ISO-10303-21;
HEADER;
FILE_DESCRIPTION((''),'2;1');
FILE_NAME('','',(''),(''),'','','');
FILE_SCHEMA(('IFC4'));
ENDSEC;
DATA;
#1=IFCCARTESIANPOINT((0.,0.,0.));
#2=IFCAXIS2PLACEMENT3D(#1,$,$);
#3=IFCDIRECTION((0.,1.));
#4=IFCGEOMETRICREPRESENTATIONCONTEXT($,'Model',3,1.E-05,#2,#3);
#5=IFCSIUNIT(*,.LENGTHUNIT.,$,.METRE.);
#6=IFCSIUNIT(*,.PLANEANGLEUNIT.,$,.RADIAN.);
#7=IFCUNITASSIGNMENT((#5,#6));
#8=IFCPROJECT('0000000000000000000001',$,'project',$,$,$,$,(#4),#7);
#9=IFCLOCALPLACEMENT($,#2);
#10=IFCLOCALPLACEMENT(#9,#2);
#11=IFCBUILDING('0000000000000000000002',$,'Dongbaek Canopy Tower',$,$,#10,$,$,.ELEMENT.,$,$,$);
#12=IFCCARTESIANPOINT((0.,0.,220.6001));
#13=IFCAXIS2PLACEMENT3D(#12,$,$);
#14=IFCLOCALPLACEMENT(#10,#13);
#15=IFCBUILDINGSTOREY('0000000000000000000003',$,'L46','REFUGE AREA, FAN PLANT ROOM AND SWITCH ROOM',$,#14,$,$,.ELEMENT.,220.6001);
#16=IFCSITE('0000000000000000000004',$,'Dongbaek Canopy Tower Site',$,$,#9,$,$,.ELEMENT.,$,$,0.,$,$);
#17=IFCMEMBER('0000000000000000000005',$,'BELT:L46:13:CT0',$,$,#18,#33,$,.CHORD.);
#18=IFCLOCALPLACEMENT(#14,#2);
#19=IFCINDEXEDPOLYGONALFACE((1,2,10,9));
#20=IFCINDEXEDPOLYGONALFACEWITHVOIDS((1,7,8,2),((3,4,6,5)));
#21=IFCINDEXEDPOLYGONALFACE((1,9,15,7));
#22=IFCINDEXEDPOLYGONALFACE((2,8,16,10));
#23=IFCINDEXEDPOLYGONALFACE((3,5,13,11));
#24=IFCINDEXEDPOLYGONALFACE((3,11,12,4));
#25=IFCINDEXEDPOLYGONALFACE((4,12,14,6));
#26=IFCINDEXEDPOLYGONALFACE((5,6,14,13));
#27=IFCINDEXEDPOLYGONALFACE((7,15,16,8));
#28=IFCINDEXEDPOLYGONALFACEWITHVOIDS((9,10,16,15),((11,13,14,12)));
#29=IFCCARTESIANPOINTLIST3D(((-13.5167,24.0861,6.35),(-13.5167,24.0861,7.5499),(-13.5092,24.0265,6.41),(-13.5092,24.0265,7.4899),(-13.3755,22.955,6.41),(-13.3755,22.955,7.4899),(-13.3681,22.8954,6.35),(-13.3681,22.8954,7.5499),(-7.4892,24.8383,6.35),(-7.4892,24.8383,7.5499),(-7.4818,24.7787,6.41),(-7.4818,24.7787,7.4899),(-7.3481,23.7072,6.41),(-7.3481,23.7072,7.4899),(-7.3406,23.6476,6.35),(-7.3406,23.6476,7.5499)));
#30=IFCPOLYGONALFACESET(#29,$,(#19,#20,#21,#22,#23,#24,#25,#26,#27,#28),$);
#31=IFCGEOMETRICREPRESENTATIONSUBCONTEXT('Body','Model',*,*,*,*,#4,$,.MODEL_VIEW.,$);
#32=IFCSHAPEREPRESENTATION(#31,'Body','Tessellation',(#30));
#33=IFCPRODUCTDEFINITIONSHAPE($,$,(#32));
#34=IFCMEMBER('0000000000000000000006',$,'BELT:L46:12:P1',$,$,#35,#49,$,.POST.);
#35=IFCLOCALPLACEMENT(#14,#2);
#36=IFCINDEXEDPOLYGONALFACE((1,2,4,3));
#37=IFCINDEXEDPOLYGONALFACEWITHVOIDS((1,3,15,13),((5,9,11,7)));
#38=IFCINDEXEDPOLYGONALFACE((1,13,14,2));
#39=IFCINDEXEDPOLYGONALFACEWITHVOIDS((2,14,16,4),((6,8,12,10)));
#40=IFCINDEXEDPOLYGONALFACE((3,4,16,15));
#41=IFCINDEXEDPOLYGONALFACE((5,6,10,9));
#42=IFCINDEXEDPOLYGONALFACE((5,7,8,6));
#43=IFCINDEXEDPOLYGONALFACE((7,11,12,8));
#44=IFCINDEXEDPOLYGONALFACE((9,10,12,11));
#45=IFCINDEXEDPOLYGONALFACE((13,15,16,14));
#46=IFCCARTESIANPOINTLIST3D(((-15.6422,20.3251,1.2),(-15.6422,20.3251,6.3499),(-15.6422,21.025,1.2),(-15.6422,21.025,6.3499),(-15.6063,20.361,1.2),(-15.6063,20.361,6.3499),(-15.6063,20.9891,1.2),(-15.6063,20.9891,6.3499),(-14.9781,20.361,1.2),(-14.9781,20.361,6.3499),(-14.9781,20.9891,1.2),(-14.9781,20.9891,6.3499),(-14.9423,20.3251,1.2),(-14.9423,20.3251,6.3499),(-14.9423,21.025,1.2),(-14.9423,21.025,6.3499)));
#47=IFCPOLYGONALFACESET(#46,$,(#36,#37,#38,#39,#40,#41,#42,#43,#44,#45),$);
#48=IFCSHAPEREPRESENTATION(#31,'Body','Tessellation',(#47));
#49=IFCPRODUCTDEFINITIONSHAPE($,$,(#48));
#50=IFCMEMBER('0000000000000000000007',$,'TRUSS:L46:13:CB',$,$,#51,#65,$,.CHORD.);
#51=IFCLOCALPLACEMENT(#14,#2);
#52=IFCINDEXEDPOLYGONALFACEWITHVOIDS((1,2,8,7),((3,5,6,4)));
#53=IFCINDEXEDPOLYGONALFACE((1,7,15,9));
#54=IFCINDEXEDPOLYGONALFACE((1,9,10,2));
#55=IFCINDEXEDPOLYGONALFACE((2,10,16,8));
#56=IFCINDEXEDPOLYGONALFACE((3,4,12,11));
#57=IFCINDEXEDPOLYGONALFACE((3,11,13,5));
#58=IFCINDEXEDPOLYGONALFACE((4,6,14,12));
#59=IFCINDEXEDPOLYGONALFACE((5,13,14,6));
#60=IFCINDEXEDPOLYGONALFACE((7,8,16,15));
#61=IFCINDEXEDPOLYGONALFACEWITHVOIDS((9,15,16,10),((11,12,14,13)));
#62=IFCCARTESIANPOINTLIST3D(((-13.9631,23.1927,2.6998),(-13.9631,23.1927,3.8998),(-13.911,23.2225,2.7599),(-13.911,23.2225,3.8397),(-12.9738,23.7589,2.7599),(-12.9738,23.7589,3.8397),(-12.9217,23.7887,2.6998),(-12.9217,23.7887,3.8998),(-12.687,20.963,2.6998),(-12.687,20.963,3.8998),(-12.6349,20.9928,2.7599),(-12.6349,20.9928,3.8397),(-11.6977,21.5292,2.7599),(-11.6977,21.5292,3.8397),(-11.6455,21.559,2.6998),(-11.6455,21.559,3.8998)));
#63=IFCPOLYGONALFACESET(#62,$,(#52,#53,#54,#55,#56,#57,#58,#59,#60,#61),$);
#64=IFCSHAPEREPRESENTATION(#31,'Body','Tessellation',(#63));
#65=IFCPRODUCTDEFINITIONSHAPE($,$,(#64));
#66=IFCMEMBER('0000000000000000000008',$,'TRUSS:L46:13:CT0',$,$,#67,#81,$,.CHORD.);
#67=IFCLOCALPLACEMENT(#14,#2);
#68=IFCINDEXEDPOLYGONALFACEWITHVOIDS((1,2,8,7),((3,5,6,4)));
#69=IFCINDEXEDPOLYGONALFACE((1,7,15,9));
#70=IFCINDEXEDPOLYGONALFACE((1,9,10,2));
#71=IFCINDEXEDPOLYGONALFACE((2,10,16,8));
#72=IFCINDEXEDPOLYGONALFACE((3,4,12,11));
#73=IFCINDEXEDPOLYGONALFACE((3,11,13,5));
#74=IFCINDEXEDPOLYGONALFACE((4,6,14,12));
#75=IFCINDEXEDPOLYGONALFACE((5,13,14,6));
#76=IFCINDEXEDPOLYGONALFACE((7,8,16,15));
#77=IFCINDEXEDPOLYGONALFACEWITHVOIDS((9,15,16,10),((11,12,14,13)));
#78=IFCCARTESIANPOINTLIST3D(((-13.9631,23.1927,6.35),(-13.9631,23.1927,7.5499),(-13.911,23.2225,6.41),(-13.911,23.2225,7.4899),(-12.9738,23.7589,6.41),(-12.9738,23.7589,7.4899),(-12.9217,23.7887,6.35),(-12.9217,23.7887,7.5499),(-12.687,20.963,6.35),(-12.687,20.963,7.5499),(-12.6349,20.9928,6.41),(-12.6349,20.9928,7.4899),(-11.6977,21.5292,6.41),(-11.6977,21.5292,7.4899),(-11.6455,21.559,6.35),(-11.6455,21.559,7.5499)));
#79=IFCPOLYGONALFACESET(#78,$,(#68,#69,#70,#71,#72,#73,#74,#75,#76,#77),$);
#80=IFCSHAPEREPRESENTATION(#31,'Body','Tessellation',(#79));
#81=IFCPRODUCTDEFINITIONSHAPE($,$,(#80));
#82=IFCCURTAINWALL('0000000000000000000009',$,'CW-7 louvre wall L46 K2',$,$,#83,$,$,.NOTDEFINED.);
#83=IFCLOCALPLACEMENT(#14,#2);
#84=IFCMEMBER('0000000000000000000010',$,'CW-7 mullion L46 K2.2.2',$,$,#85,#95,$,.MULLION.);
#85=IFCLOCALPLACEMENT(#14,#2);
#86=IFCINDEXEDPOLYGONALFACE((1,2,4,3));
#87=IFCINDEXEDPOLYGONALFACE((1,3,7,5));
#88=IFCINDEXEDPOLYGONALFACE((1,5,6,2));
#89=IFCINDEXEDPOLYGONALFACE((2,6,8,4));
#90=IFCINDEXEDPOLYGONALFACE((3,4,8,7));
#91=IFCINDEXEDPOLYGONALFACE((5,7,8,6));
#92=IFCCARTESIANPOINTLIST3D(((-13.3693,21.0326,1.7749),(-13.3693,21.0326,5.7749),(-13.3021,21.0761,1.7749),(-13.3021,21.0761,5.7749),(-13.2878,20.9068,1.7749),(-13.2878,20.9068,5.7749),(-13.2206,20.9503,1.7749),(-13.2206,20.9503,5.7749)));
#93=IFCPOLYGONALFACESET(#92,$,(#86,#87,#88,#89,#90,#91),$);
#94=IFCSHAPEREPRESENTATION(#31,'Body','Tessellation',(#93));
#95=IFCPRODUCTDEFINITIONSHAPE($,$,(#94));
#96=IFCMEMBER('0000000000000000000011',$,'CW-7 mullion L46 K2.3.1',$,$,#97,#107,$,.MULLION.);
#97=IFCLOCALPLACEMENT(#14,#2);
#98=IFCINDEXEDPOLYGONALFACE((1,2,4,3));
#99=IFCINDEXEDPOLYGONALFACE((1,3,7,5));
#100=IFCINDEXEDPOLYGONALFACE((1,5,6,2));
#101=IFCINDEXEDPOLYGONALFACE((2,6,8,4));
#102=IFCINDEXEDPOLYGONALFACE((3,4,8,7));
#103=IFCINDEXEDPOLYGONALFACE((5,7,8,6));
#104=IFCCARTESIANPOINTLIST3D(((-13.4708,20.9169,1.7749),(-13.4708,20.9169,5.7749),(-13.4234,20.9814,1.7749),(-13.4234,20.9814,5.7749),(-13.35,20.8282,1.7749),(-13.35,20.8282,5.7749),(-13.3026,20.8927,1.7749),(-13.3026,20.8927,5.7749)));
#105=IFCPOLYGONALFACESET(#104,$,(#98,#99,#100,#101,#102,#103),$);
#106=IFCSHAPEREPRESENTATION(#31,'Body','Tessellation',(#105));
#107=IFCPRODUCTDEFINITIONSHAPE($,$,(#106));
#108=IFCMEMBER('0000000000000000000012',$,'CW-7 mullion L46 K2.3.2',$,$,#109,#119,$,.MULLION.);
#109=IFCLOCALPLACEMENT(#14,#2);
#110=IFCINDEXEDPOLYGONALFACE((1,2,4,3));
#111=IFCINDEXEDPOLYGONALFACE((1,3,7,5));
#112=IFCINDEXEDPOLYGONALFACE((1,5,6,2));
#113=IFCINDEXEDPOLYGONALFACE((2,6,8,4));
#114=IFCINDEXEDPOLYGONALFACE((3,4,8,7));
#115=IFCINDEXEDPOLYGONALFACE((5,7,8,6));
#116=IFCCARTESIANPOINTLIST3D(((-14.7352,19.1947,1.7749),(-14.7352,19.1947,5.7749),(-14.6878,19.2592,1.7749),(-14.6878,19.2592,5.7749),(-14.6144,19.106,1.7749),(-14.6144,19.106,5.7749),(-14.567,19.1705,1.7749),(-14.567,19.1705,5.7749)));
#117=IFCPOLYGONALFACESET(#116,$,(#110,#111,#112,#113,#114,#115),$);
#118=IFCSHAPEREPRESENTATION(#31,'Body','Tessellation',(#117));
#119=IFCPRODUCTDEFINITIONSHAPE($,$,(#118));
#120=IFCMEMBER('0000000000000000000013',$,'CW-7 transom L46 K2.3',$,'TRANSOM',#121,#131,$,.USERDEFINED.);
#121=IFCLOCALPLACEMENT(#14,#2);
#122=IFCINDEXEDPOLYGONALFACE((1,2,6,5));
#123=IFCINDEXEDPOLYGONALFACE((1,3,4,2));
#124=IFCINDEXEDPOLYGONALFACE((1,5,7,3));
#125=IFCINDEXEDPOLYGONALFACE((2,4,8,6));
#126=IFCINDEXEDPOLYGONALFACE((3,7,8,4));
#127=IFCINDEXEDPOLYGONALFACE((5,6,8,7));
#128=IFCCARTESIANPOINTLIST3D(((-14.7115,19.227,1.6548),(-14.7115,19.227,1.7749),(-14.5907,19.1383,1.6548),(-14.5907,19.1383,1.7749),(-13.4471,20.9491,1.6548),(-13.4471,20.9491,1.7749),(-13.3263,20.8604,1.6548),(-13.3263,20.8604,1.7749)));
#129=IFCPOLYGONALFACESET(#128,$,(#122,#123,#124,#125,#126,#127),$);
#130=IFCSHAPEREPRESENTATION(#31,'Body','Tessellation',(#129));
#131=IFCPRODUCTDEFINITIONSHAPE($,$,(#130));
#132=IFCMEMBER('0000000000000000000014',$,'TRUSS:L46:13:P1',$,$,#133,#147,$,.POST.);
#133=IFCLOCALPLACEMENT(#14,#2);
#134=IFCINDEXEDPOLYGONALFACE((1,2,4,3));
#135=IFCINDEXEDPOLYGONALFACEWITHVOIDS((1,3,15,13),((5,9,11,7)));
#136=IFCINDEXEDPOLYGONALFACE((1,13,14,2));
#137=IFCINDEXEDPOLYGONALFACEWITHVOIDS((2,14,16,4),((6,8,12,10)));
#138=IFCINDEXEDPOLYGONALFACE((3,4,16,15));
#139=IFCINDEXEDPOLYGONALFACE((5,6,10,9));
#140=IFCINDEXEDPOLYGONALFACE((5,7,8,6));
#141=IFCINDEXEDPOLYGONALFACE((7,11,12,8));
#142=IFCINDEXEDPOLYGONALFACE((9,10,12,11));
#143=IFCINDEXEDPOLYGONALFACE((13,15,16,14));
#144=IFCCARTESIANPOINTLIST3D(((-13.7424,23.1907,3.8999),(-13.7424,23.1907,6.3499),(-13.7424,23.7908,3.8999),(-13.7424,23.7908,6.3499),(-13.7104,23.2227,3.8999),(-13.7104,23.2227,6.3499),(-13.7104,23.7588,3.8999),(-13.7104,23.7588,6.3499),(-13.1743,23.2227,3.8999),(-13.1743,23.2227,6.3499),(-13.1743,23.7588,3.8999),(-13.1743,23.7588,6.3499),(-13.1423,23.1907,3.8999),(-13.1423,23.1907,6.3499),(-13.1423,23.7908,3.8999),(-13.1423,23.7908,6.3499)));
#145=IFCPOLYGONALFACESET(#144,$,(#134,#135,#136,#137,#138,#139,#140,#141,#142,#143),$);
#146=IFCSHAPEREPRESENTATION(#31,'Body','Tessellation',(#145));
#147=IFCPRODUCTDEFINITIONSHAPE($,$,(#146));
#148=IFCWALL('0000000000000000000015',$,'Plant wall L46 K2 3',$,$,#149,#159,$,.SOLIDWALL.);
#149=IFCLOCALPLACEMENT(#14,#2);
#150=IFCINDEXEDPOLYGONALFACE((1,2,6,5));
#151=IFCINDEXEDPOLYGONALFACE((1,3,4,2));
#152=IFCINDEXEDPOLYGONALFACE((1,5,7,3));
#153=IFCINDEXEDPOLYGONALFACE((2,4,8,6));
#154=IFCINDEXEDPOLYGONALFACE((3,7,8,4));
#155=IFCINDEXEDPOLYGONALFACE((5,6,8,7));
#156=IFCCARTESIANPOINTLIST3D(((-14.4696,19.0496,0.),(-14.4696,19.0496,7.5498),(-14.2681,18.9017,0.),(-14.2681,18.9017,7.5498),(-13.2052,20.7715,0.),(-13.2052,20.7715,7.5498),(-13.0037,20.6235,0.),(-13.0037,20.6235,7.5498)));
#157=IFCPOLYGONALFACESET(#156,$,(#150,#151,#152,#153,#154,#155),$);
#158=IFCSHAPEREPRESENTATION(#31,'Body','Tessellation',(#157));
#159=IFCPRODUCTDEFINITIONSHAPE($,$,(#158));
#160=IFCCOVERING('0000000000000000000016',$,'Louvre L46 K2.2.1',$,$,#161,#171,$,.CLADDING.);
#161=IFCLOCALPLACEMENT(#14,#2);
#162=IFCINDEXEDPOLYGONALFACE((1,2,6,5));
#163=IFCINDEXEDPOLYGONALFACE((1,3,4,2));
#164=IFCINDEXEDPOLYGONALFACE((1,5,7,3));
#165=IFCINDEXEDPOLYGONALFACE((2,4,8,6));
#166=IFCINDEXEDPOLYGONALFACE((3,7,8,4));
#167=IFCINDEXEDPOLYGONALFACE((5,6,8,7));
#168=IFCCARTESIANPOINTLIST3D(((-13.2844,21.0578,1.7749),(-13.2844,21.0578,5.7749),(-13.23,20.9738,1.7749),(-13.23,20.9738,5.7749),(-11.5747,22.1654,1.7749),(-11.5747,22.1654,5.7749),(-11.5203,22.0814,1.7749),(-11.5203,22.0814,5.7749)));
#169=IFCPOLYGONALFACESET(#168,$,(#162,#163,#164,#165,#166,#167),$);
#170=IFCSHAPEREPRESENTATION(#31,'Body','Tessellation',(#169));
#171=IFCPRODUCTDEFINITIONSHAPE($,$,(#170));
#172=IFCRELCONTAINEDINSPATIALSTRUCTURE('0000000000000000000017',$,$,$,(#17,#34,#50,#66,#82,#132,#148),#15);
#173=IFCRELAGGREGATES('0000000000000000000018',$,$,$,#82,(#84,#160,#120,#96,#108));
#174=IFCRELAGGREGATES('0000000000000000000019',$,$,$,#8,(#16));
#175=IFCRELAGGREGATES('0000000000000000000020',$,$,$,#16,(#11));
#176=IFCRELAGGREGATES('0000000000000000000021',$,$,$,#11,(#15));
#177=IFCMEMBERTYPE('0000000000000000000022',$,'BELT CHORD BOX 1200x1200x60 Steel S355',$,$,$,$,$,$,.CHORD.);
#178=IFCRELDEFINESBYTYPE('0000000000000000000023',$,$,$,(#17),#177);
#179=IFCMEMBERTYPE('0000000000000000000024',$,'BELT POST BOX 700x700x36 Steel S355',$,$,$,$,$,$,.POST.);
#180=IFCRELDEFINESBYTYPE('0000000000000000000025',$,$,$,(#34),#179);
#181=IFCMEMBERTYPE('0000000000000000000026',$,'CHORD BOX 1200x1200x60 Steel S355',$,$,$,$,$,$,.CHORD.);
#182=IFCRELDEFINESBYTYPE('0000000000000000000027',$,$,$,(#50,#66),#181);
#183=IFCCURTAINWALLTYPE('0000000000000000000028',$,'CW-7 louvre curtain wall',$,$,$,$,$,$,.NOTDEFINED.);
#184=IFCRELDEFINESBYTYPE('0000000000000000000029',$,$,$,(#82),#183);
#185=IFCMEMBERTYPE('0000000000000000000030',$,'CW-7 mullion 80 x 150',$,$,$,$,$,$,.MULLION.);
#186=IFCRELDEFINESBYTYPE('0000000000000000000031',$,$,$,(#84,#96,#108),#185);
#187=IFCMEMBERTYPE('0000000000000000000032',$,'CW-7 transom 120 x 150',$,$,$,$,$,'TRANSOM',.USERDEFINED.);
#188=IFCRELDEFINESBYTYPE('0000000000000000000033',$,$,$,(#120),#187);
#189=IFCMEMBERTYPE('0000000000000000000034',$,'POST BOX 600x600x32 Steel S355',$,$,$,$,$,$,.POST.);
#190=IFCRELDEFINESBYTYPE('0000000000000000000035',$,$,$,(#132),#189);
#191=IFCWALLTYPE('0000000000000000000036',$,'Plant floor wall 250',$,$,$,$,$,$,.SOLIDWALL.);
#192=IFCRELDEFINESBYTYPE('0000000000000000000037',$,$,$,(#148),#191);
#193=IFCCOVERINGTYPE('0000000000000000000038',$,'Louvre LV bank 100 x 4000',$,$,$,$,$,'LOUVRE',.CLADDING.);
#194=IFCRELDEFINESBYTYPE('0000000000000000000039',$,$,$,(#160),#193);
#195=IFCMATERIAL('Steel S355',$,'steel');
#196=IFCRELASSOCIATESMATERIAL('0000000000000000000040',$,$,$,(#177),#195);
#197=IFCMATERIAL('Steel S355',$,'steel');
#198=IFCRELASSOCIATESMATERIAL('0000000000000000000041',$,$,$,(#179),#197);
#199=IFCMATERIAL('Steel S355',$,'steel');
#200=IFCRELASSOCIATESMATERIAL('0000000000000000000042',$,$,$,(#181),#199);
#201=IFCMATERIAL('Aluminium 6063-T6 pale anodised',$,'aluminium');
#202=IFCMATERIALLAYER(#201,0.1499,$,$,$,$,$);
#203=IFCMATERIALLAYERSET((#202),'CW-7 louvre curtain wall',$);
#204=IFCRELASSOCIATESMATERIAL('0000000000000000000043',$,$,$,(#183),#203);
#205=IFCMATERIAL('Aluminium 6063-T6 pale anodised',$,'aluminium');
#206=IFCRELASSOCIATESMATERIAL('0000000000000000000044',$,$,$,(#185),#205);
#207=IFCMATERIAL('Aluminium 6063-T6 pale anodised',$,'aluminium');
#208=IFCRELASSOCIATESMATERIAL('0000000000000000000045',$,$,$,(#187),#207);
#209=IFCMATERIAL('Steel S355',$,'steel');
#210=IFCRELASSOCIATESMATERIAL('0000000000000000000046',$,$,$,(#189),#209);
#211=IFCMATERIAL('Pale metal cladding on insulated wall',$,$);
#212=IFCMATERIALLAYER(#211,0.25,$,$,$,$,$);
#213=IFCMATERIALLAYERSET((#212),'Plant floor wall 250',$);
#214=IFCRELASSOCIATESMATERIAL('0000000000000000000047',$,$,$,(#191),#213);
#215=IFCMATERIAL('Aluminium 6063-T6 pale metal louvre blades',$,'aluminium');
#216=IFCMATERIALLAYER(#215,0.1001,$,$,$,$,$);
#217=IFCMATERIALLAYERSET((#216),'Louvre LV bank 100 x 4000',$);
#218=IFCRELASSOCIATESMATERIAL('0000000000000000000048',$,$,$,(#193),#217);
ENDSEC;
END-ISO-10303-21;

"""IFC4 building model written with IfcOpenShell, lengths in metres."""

from ifc_helpers import new_model, si_unit, direction, frame, frame_2d, origin, origin_2d, place, context, subcontext, project, spatial, rectangle, hollow_rectangle, extrude, material, layer, layer_set, material_profile, profile_set, type_object, element, aggregate, save


model = new_model("IFC4")

# Units and contexts
model_context = context("Model", 3, precision=1e-05, world=origin(), true_north=direction((0.0, 1.0)))
body_context = subcontext(model_context, "Body", "Model", "MODEL_VIEW")
ifc_project = project(units=[si_unit("LENGTHUNIT", "METRE"), si_unit("PLANEANGLEUNIT", "RADIAN")], contexts=[model_context])

# Site, building, storey
site_placement = place(None, origin())
site = spatial("IfcSite", under=ifc_project, at=site_placement, Name="Dongbaek Canopy Tower Site", CompositionType="ELEMENT", RefElevation=0.0)
building_placement = place(site_placement, origin())
building = spatial("IfcBuilding", under=site, at=building_placement, Name="Dongbaek Canopy Tower", CompositionType="ELEMENT")
storey_placement = place(building_placement, frame((0.0, 0.0, 220.6001)))
storey = spatial("IfcBuildingStorey", under=building, at=storey_placement, Name="L46", Description="REFUGE AREA, FAN PLANT ROOM AND SWITCH ROOM", CompositionType="ELEMENT", Elevation=220.6001)

# Members
ifc_material_1 = material(Name="Steel S355", Category="steel")
ifc_material_profile_1 = material_profile(ifc_material_1, hollow_rectangle(XDim=1.2, YDim=1.2, WallThickness=0.0601, at=origin_2d()), Name="BELT CHORD BOX 1200x1200x60 Steel S355")
ifc_profile_set_1 = profile_set([ifc_material_profile_1], Name="Steel S355")
member_type_1 = type_object("IfcMemberType", Name="BELT CHORD BOX 1200x1200x60 Steel S355", PredefinedType="CHORD", material=ifc_profile_set_1)
for number, where, z_axis, x_axis, name in (
    (1, (-13.4424, 23.4907, 6.95), (0.992303, 0.123837, 0.0), (-0.123837, 0.992303, 0.0), "BELT:L46:13:CT0"),
):
    element("IfcMember", number, at=place(storey_placement, frame(where, z_axis=z_axis, x_axis=x_axis)), inside=storey, type_object=member_type_1, Name=name, PredefinedType="CHORD", context=body_context, shape_type="SweptSolid", body=[
        extrude(hollow_rectangle(XDim=1.2, YDim=1.2, WallThickness=0.0601, at=origin_2d()), origin(), (0.0, 0.0, 1.0), 6.0742),
    ])
ifc_material_2 = material(Name="Steel S355", Category="steel")
ifc_material_profile_2 = material_profile(ifc_material_2, hollow_rectangle(XDim=0.7, YDim=0.7, WallThickness=0.0359, at=origin_2d()), Name="BELT POST BOX 700x700x36 Steel S355")
ifc_profile_set_2 = profile_set([ifc_material_profile_2], Name="Steel S355")
member_type_2 = type_object("IfcMemberType", Name="BELT POST BOX 700x700x36 Steel S355", PredefinedType="POST", material=ifc_profile_set_2)
member_1_placement = place(storey_placement, frame((-15.2922, 20.675, 1.2), z_axis=(0.0, 0.0, 1.0), x_axis=(1.0, 0.0, 0.0)))
element("IfcMember", 2, at=member_1_placement, inside=storey, type_object=member_type_2, Name="BELT:L46:12:P1", PredefinedType="POST", context=body_context, shape_type="SweptSolid", body=[
    extrude(hollow_rectangle(XDim=0.7, YDim=0.7, WallThickness=0.0359, at=origin_2d()), origin(), (0.0, 0.0, 1.0), 5.1499),
])
ifc_material_3 = material(Name="Steel S355", Category="steel")
ifc_material_profile_3 = material_profile(ifc_material_3, hollow_rectangle(XDim=1.2, YDim=1.2, WallThickness=0.0601, at=origin_2d()), Name="CHORD BOX 1200x1200x60 Steel S355")
ifc_profile_set_3 = profile_set([ifc_material_profile_3], Name="Steel S355")
member_type_3 = type_object("IfcMemberType", Name="CHORD BOX 1200x1200x60 Steel S355", PredefinedType="CHORD", material=ifc_profile_set_3)
for number, where, z_axis, x_axis, name in (
    (3, (-12.1663, 21.261, 3.2998), (-0.496722, 0.86791, 0.0), (-0.86791, -0.496722, 0.0), "TRUSS:L46:13:CB"),
    (4, (-12.1663, 21.261, 6.95), (-0.496722, 0.86791, 0.0), (-0.86791, -0.496722, 0.0), "TRUSS:L46:13:CT0"),
):
    element("IfcMember", number, at=place(storey_placement, frame(where, z_axis=z_axis, x_axis=x_axis)), inside=storey, type_object=member_type_3, Name=name, PredefinedType="CHORD", context=body_context, shape_type="SweptSolid", body=[
        extrude(hollow_rectangle(XDim=1.2, YDim=1.2, WallThickness=0.0601, at=origin_2d()), origin(), (0.0, 0.0, 1.0), 2.5691),
    ])

# Curtain wall, members
ifc_material_4 = material(Name="Aluminium 6063-T6 pale anodised", Category="aluminium")
ifc_layer_1 = layer(ifc_material_4, 0.1499)
ifc_layer_set_1 = layer_set([ifc_layer_1], Name="CW-7 louvre curtain wall")
curtain_wall_type = type_object("IfcCurtainWallType", Name="CW-7 louvre curtain wall", PredefinedType="NOTDEFINED", material=ifc_layer_set_1)
curtain_wall_placement = place(storey_placement, origin())
curtain_wall = element("IfcCurtainWall", 5, at=curtain_wall_placement, inside=storey, type_object=curtain_wall_type, Name="CW-7 louvre wall L46 K2", PredefinedType="NOTDEFINED")
ifc_material_5 = material(Name="Aluminium 6063-T6 pale anodised", Category="aluminium")
ifc_material_profile_4 = material_profile(ifc_material_5, rectangle(XDim=0.1499, YDim=0.0801, at=origin_2d()), Name="CW-7 mullion 80 x 150")
ifc_profile_set_4 = profile_set([ifc_material_profile_4], Name="Aluminium 6063-T6 pale anodised")
member_type_4 = type_object("IfcMemberType", Name="CW-7 mullion 80 x 150", PredefinedType="MULLION", material=ifc_profile_set_4)
member_2_placement = place(storey_placement, frame((-13.2949, 20.9915, 1.7749), z_axis=(0.0, 0.0, 1.0), x_axis=(-0.543736, 0.839256, 0.0)))
member_2 = element("IfcMember", 6, at=member_2_placement, type_object=member_type_4, Name="CW-7 mullion L46 K2.2.2", PredefinedType="MULLION", context=body_context, shape_type="SweptSolid", body=[
    extrude(rectangle(XDim=0.1499, YDim=0.0801, at=origin_2d()), origin(), (0.0, 0.0, 1.0), 4.0),
])
member_3_placement = place(storey_placement, frame((-13.3867, 20.9048, 1.7749), z_axis=(0.0, 0.0, 1.0), x_axis=(-0.806075, 0.591813, 0.0)))
member_3 = element("IfcMember", 7, at=member_3_placement, type_object=member_type_4, Name="CW-7 mullion L46 K2.3.1", PredefinedType="MULLION", context=body_context, shape_type="SweptSolid", body=[
    extrude(rectangle(XDim=0.1499, YDim=0.0801, at=origin_2d()), origin(), (0.0, 0.0, 1.0), 4.0),
])
member_4_placement = place(storey_placement, frame((-14.6511, 19.1826, 1.7749), z_axis=(0.0, 0.0, 1.0), x_axis=(-0.806075, 0.591813, 0.0)))
member_4 = element("IfcMember", 8, at=member_4_placement, type_object=member_type_4, Name="CW-7 mullion L46 K2.3.2", PredefinedType="MULLION", context=body_context, shape_type="SweptSolid", body=[
    extrude(rectangle(XDim=0.1499, YDim=0.0801, at=origin_2d()), origin(), (0.0, 0.0, 1.0), 4.0),
])
ifc_material_6 = material(Name="Aluminium 6063-T6 pale anodised", Category="aluminium")
ifc_material_profile_5 = material_profile(ifc_material_6, rectangle(XDim=0.1499, YDim=0.1201, at=origin_2d()), Name="CW-7 transom 120 x 150")
ifc_profile_set_5 = profile_set([ifc_material_profile_5], Name="Aluminium 6063-T6 pale anodised")
member_type_5 = type_object("IfcMemberType", Name="CW-7 transom 120 x 150", ElementType="TRANSOM", PredefinedType="USERDEFINED", material=ifc_profile_set_5)
member_5_placement = place(storey_placement, frame((-13.3867, 20.9048, 1.7148), z_axis=(-0.591814, -0.806074, 0.0), x_axis=(0.806074, -0.591814, 0.0)))
member_5 = element("IfcMember", 9, at=member_5_placement, type_object=member_type_5, Name="CW-7 transom L46 K2.3", ObjectType="TRANSOM", PredefinedType="USERDEFINED", context=body_context, shape_type="SweptSolid", body=[
    extrude(rectangle(XDim=0.1499, YDim=0.1201, at=origin_2d()), origin(), (0.0, 0.0, 1.0), 2.1365),
])

# Member
ifc_material_7 = material(Name="Steel S355", Category="steel")
ifc_material_profile_6 = material_profile(ifc_material_7, hollow_rectangle(XDim=0.6001, YDim=0.6001, WallThickness=0.032, at=origin_2d()), Name="POST BOX 600x600x32 Steel S355")
ifc_profile_set_6 = profile_set([ifc_material_profile_6], Name="Steel S355")
member_type_6 = type_object("IfcMemberType", Name="POST BOX 600x600x32 Steel S355", PredefinedType="POST", material=ifc_profile_set_6)
member_6_placement = place(storey_placement, frame((-13.4424, 23.4907, 3.8999), z_axis=(0.0, 0.0, 1.0), x_axis=(1.0, 0.0, 0.0)))
element("IfcMember", 10, at=member_6_placement, inside=storey, type_object=member_type_6, Name="TRUSS:L46:13:P1", PredefinedType="POST", context=body_context, shape_type="SweptSolid", body=[
    extrude(hollow_rectangle(XDim=0.6001, YDim=0.6001, WallThickness=0.032, at=origin_2d()), origin(), (0.0, 0.0, 1.0), 2.45),
])

# Wall
ifc_material_8 = material(Name="Pale metal cladding on insulated wall")
ifc_layer_2 = layer(ifc_material_8, 0.25)
ifc_layer_set_2 = layer_set([ifc_layer_2], Name="Plant floor wall 250")
wall_type = type_object("IfcWallType", Name="Plant floor wall 250", PredefinedType="SOLIDWALL", material=ifc_layer_set_2)
wall_placement = place(storey_placement, frame((-13.1045, 20.6975, 0.0), z_axis=(0.0, 0.0, 1.0), x_axis=(-0.591869, -0.806034, 0.0)))
element("IfcWall", 11, at=wall_placement, inside=storey, type_object=wall_type, Name="Plant wall L46 K2 3", PredefinedType="SOLIDWALL", context=body_context, shape_type="SweptSolid", body=[
    extrude(rectangle(XDim=2.1362, YDim=0.25, at=frame_2d((1.0681, 0.0))), origin(), (0.0, 0.0, 1.0), 7.5498),
])

# Covering
ifc_material_9 = material(Name="Aluminium 6063-T6 pale metal louvre blades", Category="aluminium")
ifc_layer_3 = layer(ifc_material_9, 0.1001)
ifc_layer_set_3 = layer_set([ifc_layer_3], Name="Louvre LV bank 100 x 4000")
covering_type = type_object("IfcCoveringType", Name="Louvre LV bank 100 x 4000", ElementType="LOUVRE", PredefinedType="CLADDING", material=ifc_layer_set_3)
covering_1_placement = place(storey_placement, frame((-12.4023, 21.5696, 1.7749), z_axis=(0.0, 0.0, 1.0), x_axis=(-0.839256, -0.543736, 0.0)))
covering_1 = element("IfcCovering", 12, at=covering_1_placement, type_object=covering_type, Name="Louvre L46 K2.2.1", PredefinedType="CLADDING", context=body_context, shape_type="SweptSolid", body=[
    extrude(rectangle(XDim=2.0371, YDim=0.1001, at=origin_2d()), origin(), (0.0, 0.0, 1.0), 4.0),
])

aggregate(curtain_wall, [member_2, covering_1, member_5, member_3, member_4])

save(model, "model.ifc")
